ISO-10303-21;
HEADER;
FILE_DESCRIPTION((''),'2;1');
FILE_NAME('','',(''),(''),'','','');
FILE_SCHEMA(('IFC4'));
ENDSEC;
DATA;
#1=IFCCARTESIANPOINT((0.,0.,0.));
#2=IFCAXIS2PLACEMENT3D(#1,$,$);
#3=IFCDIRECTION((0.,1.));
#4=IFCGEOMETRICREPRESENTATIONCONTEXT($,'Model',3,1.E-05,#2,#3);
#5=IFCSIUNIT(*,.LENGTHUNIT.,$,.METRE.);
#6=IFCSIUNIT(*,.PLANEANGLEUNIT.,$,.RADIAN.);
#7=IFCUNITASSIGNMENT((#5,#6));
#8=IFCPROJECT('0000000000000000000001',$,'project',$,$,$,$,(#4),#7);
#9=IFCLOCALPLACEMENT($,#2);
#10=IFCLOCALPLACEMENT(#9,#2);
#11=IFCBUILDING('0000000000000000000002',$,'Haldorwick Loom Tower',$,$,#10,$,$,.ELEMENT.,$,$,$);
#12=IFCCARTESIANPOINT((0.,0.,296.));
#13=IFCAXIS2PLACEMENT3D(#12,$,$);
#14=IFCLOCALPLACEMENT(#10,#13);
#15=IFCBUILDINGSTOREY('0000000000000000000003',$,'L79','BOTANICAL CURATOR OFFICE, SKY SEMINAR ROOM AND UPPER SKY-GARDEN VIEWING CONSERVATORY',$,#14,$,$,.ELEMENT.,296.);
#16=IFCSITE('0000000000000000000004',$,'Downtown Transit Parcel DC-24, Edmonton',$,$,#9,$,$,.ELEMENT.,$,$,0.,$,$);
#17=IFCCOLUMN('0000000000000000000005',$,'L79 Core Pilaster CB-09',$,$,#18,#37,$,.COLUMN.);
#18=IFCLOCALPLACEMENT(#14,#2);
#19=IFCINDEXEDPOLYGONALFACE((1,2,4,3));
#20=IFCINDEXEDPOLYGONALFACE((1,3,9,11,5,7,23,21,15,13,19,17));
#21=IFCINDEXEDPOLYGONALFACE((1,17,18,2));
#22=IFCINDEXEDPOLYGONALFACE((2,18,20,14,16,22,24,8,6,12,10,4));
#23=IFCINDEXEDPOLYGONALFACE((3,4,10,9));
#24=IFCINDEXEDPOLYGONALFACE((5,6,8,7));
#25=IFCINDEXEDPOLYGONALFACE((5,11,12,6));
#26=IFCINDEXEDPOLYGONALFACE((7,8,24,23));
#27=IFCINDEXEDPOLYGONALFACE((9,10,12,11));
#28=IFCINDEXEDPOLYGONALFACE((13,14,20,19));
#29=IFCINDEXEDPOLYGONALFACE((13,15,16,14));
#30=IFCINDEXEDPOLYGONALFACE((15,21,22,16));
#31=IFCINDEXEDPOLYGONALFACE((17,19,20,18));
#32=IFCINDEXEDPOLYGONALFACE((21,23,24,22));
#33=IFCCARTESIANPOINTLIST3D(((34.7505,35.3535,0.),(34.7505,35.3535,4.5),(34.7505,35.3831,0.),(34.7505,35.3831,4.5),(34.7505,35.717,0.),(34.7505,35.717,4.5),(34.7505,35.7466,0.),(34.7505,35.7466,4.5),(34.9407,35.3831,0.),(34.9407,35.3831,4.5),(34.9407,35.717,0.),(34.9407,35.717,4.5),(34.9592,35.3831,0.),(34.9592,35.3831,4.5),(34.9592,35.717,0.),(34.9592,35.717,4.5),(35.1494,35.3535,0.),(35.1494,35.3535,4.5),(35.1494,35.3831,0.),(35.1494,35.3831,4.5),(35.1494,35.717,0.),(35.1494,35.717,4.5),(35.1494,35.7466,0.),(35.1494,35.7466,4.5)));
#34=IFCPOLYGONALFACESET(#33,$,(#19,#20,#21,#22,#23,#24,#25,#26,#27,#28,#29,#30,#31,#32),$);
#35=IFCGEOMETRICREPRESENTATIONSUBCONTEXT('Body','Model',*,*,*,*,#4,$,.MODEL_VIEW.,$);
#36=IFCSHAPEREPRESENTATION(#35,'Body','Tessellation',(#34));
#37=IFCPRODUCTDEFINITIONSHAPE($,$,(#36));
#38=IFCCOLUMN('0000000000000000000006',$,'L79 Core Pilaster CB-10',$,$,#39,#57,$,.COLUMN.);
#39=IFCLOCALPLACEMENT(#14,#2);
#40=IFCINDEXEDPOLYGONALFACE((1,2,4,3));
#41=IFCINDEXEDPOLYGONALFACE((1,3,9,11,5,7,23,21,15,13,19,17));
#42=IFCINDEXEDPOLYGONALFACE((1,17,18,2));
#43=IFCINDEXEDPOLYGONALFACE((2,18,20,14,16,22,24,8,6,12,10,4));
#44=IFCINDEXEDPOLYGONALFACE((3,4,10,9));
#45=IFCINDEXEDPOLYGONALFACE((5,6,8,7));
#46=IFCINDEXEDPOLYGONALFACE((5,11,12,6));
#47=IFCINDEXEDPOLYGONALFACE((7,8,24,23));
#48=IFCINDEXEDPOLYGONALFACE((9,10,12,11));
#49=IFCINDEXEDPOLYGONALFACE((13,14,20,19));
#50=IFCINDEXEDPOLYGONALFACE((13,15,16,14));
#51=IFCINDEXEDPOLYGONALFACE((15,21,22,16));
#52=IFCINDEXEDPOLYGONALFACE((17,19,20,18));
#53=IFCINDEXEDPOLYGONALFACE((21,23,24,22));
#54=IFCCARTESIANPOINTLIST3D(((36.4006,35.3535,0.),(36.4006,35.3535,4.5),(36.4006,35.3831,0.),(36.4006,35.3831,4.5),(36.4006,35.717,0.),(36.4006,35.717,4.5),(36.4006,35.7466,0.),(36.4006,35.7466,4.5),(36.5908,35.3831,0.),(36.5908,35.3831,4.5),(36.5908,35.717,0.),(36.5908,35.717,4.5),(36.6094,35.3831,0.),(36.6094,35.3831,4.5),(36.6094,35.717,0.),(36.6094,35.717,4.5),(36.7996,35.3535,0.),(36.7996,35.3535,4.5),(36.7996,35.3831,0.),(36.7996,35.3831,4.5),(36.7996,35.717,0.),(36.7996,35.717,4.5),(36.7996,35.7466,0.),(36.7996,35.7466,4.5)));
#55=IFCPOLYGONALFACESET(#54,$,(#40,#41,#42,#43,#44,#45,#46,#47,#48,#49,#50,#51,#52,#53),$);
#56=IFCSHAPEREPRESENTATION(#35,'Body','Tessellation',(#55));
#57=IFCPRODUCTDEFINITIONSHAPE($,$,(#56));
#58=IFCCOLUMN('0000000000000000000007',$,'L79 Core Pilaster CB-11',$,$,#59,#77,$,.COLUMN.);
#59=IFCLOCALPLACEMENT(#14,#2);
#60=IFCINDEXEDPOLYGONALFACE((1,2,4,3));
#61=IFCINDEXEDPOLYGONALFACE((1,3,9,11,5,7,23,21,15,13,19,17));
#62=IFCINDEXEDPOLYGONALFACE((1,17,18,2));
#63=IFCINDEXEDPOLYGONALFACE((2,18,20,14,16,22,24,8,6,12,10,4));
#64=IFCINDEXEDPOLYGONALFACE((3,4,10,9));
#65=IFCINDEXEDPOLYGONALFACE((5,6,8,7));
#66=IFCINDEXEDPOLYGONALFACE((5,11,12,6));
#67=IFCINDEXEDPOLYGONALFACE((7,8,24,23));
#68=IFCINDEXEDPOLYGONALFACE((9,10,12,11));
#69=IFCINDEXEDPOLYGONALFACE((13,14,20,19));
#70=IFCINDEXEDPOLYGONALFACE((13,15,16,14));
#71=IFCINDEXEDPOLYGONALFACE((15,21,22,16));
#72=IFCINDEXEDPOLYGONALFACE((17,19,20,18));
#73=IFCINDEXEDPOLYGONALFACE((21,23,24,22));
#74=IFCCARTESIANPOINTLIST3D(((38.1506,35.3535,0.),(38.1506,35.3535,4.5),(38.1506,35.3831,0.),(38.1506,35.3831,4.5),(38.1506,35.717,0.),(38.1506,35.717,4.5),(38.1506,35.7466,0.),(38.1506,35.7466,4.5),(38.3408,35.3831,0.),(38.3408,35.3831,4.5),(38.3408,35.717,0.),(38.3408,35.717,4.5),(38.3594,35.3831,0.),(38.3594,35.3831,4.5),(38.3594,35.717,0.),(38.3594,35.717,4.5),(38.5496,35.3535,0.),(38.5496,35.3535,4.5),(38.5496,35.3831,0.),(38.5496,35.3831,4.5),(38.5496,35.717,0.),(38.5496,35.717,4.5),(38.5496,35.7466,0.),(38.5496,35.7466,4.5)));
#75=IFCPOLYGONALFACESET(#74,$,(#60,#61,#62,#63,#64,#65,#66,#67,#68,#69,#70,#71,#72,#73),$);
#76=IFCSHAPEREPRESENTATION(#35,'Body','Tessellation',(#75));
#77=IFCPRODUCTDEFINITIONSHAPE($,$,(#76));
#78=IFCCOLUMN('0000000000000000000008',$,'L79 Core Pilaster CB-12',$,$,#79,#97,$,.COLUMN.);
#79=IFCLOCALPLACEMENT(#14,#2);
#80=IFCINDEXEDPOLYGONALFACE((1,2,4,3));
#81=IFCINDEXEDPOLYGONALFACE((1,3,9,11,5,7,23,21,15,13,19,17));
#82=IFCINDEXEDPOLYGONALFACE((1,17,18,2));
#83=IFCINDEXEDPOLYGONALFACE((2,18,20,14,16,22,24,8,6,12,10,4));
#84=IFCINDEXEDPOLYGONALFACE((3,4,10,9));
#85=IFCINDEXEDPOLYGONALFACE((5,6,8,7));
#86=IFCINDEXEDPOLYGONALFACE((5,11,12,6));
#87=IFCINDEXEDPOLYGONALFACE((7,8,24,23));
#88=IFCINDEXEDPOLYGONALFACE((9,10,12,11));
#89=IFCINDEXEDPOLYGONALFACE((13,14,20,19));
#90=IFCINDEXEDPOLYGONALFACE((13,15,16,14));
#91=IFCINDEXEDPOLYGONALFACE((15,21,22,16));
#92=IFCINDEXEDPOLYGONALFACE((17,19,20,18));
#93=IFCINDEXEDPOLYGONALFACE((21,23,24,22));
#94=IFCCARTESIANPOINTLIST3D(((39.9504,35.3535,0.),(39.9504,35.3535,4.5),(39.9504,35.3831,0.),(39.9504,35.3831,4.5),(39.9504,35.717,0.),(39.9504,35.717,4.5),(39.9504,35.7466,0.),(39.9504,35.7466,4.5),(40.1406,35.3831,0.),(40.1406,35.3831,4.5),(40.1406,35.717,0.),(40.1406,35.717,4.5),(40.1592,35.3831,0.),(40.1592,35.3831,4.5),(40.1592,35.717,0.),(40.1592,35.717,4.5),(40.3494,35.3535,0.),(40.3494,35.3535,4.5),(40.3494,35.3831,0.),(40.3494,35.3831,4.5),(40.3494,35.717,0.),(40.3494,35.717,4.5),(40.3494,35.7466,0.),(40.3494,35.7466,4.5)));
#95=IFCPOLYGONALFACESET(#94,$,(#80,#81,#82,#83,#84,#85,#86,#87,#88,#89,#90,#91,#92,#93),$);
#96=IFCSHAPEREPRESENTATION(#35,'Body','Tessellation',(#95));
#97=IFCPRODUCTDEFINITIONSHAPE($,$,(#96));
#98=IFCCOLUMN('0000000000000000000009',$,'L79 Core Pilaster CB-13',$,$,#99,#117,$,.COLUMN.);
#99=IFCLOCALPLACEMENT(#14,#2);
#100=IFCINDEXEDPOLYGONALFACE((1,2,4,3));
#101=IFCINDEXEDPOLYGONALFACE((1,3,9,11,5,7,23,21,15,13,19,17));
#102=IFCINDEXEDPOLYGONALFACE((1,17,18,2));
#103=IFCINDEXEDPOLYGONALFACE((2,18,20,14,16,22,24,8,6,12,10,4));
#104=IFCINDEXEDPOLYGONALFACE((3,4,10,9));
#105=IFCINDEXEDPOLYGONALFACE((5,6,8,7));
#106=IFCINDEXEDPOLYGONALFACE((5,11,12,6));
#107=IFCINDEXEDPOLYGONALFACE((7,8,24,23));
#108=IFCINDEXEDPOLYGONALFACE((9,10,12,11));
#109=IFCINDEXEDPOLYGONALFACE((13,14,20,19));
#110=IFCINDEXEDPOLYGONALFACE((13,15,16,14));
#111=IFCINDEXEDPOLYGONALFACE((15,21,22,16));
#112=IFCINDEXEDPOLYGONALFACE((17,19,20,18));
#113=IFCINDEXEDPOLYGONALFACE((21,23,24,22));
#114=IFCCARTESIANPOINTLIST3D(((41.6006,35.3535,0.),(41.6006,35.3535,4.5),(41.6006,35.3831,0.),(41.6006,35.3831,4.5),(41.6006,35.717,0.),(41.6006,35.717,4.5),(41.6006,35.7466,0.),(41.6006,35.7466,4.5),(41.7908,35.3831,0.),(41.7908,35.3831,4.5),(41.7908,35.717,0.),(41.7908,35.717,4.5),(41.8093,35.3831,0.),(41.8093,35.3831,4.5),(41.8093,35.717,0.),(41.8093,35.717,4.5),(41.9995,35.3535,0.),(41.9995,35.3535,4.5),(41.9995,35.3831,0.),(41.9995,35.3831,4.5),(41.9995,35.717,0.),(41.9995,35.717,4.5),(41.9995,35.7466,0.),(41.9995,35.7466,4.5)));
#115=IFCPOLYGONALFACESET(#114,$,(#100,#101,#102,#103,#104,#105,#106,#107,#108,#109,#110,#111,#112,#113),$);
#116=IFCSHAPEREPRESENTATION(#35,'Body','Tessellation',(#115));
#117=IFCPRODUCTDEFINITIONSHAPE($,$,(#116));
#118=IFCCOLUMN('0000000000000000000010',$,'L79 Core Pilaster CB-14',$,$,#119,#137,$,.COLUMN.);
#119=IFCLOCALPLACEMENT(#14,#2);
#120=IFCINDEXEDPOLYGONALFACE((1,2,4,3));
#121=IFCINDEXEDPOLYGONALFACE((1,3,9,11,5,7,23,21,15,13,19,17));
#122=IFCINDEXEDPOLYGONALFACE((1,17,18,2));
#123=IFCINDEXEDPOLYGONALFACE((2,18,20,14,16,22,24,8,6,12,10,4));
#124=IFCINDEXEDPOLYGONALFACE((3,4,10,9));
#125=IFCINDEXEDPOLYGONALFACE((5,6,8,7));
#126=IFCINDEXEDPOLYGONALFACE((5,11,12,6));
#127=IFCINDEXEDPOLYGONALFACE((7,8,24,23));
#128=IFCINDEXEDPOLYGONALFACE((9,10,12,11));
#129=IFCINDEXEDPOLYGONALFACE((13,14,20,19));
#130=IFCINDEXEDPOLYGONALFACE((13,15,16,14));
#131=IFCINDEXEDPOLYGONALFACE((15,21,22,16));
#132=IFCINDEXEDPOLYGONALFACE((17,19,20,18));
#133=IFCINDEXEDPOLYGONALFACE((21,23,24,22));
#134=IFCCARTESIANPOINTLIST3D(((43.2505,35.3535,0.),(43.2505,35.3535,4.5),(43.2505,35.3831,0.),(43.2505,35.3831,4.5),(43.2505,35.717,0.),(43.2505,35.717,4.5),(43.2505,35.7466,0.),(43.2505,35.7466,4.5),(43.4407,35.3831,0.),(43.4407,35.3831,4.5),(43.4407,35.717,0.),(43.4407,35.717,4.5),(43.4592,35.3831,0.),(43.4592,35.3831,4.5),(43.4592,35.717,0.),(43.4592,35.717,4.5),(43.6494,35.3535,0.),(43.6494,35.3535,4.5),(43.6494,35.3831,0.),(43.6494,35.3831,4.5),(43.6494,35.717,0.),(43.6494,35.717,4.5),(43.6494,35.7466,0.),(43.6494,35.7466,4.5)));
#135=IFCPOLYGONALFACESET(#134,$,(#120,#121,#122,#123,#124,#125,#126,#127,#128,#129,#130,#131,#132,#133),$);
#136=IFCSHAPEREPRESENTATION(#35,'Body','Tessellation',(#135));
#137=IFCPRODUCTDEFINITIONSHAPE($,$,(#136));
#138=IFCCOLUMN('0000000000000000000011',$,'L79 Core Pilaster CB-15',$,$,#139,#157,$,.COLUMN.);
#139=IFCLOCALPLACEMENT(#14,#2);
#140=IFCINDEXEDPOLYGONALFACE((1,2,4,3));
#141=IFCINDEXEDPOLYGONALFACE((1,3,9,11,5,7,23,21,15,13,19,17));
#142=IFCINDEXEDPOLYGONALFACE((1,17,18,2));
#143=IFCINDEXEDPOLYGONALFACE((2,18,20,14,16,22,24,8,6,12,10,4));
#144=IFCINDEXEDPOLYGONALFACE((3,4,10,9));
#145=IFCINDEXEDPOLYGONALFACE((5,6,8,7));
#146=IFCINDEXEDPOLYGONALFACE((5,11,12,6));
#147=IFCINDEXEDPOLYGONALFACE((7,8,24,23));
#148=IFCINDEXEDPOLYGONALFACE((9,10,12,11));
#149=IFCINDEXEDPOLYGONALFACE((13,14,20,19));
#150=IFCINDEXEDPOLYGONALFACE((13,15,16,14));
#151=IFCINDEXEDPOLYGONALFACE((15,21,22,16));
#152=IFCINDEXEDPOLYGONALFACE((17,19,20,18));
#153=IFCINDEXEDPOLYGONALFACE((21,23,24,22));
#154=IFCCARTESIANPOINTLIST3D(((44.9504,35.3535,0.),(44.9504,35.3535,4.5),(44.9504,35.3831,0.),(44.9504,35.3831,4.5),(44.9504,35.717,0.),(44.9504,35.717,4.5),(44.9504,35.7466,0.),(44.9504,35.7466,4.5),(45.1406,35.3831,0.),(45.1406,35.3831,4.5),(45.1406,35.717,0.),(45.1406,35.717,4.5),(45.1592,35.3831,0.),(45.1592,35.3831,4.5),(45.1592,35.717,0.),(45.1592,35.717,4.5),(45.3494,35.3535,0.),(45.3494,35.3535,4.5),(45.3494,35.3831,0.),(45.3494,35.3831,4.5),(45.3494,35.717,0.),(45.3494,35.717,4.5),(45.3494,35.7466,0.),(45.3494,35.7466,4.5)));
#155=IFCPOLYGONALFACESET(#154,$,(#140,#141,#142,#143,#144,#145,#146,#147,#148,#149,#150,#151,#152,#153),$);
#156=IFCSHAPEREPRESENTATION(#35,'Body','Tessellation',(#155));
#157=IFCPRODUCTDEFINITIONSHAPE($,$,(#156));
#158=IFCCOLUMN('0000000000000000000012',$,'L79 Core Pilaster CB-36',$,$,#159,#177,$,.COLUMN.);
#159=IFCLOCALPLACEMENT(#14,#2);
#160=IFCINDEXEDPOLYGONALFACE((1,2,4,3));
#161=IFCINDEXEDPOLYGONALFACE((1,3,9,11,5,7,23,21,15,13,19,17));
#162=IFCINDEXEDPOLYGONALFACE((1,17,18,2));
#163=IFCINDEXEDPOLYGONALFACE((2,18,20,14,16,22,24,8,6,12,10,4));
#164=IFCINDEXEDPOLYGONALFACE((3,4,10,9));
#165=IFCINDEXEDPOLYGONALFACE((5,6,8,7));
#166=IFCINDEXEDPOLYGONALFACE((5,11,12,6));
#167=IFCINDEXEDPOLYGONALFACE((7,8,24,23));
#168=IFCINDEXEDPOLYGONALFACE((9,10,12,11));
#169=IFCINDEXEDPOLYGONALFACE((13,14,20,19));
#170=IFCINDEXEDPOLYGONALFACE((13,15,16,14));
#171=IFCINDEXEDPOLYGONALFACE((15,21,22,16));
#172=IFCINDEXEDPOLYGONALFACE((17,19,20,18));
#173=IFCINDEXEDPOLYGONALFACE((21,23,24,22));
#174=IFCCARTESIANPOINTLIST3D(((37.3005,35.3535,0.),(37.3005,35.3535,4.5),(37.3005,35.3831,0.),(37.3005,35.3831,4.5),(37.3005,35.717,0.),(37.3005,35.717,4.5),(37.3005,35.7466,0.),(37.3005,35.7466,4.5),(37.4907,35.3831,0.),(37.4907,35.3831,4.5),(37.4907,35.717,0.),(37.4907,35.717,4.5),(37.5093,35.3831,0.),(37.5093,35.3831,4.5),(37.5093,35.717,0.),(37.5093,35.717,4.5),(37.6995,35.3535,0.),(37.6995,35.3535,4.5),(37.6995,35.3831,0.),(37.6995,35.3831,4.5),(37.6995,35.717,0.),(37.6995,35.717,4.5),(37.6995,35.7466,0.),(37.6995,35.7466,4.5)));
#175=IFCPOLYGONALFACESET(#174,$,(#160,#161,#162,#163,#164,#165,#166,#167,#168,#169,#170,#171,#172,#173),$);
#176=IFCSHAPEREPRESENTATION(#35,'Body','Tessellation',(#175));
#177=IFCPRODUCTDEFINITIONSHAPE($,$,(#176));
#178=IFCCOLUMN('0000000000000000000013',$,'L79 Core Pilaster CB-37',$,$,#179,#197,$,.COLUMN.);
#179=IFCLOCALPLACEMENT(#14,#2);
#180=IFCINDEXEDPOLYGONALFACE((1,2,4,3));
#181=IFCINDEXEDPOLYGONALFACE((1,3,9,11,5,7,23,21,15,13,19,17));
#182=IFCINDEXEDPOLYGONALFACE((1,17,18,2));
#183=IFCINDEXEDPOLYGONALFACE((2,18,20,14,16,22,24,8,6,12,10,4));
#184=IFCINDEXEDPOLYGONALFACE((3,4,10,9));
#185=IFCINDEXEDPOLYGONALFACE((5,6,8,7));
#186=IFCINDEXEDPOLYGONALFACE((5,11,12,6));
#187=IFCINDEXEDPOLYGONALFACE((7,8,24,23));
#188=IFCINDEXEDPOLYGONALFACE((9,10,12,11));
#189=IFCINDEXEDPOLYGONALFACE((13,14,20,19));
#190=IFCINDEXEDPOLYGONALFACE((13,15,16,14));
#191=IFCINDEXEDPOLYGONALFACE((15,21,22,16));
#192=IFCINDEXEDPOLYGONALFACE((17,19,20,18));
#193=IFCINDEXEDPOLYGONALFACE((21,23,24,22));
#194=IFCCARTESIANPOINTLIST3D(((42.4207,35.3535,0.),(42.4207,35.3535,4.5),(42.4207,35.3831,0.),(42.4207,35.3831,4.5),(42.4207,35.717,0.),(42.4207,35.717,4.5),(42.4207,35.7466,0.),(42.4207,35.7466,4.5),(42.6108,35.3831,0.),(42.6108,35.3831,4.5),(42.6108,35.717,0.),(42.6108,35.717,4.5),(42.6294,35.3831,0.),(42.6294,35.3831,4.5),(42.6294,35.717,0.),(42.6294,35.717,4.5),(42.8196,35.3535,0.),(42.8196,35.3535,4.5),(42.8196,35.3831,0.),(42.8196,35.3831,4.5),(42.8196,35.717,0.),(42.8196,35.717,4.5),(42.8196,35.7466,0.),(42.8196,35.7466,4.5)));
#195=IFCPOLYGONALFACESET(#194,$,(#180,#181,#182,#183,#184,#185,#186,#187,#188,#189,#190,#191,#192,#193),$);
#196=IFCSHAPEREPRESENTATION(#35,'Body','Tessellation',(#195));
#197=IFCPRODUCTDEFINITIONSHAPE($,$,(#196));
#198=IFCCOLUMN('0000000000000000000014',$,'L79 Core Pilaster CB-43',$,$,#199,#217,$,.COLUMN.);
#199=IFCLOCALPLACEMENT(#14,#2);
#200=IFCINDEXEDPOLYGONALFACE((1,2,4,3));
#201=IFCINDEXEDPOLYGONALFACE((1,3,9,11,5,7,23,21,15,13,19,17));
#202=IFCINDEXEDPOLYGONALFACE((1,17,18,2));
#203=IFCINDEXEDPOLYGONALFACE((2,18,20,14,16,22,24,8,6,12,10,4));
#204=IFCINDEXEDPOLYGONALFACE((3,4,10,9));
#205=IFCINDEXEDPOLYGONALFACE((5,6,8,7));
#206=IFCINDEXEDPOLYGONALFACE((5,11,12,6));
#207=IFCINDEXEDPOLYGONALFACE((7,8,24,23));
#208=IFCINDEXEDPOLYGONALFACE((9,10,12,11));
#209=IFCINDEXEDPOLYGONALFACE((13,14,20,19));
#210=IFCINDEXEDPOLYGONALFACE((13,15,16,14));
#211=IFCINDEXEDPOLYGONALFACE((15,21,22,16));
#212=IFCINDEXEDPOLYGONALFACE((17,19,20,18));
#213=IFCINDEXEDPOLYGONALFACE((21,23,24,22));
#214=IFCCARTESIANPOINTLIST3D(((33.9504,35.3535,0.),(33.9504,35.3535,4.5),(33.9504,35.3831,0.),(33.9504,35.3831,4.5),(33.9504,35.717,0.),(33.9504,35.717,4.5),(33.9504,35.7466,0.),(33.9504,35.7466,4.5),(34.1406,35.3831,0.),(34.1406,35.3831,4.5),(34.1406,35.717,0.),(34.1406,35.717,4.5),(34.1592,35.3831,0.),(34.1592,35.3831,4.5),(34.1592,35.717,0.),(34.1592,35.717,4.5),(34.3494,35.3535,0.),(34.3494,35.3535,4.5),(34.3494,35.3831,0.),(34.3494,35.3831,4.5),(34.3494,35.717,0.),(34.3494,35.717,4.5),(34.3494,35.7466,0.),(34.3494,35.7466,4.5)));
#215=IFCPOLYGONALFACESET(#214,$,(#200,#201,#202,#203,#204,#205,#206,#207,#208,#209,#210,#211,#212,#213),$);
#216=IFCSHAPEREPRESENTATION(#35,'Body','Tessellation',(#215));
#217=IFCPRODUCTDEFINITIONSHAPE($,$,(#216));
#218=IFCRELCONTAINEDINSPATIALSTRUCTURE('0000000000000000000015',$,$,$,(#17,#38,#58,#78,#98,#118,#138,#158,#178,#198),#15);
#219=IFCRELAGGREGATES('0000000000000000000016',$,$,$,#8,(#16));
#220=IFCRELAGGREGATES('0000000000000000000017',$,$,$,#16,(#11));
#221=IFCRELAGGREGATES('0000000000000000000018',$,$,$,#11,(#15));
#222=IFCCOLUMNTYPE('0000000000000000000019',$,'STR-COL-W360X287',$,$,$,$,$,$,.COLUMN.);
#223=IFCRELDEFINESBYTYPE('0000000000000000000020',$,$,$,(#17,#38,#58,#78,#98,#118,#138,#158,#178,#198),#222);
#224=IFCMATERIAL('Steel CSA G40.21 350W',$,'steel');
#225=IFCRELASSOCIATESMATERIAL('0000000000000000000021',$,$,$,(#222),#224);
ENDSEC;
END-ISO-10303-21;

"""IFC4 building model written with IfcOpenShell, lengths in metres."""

from ifc_helpers import new_model, si_unit, direction, frame, origin, origin_2d, place, context, subcontext, project, spatial, i_section, extrude, material, material_profile, profile_set, type_object, element, save


model = new_model("IFC4")

# Units and contexts
model_context = context("Model", 3, precision=1e-05, world=origin(), true_north=direction((0.0, 1.0)))
body_context = subcontext(model_context, "Body", "Model", "MODEL_VIEW")
ifc_project = project(units=[si_unit("LENGTHUNIT", "METRE"), si_unit("PLANEANGLEUNIT", "RADIAN")], contexts=[model_context])

# Site, building, storey
site_placement = place(None, origin())
site = spatial("IfcSite", under=ifc_project, at=site_placement, Name="Downtown Transit Parcel DC-24, Edmonton", CompositionType="ELEMENT", RefElevation=0.0)
building_placement = place(site_placement, origin())
building = spatial("IfcBuilding", under=site, at=building_placement, Name="Haldorwick Loom Tower", CompositionType="ELEMENT")
storey_placement = place(building_placement, frame((0.0, 0.0, 296.0)))
storey = spatial("IfcBuildingStorey", under=building, at=storey_placement, Name="L79", Description="BOTANICAL CURATOR OFFICE, SKY SEMINAR ROOM AND UPPER SKY-GARDEN VIEWING CONSERVATORY", CompositionType="ELEMENT", Elevation=296.0)

# Columns
ifc_material_1 = material(Name="Steel CSA G40.21 350W", Category="steel")
ifc_material_profile_1 = material_profile(ifc_material_1, i_section(OverallWidth=0.3989, OverallDepth=0.3931, WebThickness=0.0186, FlangeThickness=0.0295, at=origin_2d()), Name="W360X287", Category="steel")
ifc_profile_set_1 = profile_set([ifc_material_profile_1], Name="Steel CSA G40.21 350W")
column_type = type_object("IfcColumnType", Name="STR-COL-W360X287", PredefinedType="COLUMN", material=ifc_profile_set_1)
for number, where, z_axis, x_axis, name in (
    (1, (34.95, 35.55, 0.0), (0.0, 0.0, 1.0), (1.0, 0.0, 0.0), "L79 Core Pilaster CB-09"),
    (2, (36.6001, 35.55, 0.0), (0.0, 0.0, 1.0), (1.0, 0.0, 0.0), "L79 Core Pilaster CB-10"),
    (3, (38.3501, 35.55, 0.0), (0.0, 0.0, 1.0), (1.0, 0.0, 0.0), "L79 Core Pilaster CB-11"),
    (4, (40.1499, 35.55, 0.0), (0.0, 0.0, 1.0), (1.0, 0.0, 0.0), "L79 Core Pilaster CB-12"),
    (5, (41.8, 35.55, 0.0), (0.0, 0.0, 1.0), (1.0, 0.0, 0.0), "L79 Core Pilaster CB-13"),
    (6, (43.45, 35.55, 0.0), (0.0, 0.0, 1.0), (1.0, 0.0, 0.0), "L79 Core Pilaster CB-14"),
    (7, (45.1499, 35.55, 0.0), (0.0, 0.0, 1.0), (1.0, 0.0, 0.0), "L79 Core Pilaster CB-15"),
    (8, (37.5, 35.55, 0.0), (0.0, 0.0, 1.0), (1.0, 0.0, 0.0), "L79 Core Pilaster CB-36"),
    (9, (42.6201, 35.55, 0.0), (0.0, 0.0, 1.0), (1.0, 0.0, 0.0), "L79 Core Pilaster CB-37"),
    (10, (34.1499, 35.55, 0.0), (0.0, 0.0, 1.0), (1.0, 0.0, 0.0), "L79 Core Pilaster CB-43"),
):
    element("IfcColumn", number, at=place(storey_placement, frame(where, z_axis=z_axis, x_axis=x_axis)), inside=storey, type_object=column_type, Name=name, PredefinedType="COLUMN", context=body_context, shape_type="SweptSolid", body=[
        extrude(i_section(OverallWidth=0.3989, OverallDepth=0.3931, WebThickness=0.0186, FlangeThickness=0.0295, at=origin_2d()), origin(), (0.0, 0.0, 1.0), 4.5),
    ])

save(model, "model.ifc")
